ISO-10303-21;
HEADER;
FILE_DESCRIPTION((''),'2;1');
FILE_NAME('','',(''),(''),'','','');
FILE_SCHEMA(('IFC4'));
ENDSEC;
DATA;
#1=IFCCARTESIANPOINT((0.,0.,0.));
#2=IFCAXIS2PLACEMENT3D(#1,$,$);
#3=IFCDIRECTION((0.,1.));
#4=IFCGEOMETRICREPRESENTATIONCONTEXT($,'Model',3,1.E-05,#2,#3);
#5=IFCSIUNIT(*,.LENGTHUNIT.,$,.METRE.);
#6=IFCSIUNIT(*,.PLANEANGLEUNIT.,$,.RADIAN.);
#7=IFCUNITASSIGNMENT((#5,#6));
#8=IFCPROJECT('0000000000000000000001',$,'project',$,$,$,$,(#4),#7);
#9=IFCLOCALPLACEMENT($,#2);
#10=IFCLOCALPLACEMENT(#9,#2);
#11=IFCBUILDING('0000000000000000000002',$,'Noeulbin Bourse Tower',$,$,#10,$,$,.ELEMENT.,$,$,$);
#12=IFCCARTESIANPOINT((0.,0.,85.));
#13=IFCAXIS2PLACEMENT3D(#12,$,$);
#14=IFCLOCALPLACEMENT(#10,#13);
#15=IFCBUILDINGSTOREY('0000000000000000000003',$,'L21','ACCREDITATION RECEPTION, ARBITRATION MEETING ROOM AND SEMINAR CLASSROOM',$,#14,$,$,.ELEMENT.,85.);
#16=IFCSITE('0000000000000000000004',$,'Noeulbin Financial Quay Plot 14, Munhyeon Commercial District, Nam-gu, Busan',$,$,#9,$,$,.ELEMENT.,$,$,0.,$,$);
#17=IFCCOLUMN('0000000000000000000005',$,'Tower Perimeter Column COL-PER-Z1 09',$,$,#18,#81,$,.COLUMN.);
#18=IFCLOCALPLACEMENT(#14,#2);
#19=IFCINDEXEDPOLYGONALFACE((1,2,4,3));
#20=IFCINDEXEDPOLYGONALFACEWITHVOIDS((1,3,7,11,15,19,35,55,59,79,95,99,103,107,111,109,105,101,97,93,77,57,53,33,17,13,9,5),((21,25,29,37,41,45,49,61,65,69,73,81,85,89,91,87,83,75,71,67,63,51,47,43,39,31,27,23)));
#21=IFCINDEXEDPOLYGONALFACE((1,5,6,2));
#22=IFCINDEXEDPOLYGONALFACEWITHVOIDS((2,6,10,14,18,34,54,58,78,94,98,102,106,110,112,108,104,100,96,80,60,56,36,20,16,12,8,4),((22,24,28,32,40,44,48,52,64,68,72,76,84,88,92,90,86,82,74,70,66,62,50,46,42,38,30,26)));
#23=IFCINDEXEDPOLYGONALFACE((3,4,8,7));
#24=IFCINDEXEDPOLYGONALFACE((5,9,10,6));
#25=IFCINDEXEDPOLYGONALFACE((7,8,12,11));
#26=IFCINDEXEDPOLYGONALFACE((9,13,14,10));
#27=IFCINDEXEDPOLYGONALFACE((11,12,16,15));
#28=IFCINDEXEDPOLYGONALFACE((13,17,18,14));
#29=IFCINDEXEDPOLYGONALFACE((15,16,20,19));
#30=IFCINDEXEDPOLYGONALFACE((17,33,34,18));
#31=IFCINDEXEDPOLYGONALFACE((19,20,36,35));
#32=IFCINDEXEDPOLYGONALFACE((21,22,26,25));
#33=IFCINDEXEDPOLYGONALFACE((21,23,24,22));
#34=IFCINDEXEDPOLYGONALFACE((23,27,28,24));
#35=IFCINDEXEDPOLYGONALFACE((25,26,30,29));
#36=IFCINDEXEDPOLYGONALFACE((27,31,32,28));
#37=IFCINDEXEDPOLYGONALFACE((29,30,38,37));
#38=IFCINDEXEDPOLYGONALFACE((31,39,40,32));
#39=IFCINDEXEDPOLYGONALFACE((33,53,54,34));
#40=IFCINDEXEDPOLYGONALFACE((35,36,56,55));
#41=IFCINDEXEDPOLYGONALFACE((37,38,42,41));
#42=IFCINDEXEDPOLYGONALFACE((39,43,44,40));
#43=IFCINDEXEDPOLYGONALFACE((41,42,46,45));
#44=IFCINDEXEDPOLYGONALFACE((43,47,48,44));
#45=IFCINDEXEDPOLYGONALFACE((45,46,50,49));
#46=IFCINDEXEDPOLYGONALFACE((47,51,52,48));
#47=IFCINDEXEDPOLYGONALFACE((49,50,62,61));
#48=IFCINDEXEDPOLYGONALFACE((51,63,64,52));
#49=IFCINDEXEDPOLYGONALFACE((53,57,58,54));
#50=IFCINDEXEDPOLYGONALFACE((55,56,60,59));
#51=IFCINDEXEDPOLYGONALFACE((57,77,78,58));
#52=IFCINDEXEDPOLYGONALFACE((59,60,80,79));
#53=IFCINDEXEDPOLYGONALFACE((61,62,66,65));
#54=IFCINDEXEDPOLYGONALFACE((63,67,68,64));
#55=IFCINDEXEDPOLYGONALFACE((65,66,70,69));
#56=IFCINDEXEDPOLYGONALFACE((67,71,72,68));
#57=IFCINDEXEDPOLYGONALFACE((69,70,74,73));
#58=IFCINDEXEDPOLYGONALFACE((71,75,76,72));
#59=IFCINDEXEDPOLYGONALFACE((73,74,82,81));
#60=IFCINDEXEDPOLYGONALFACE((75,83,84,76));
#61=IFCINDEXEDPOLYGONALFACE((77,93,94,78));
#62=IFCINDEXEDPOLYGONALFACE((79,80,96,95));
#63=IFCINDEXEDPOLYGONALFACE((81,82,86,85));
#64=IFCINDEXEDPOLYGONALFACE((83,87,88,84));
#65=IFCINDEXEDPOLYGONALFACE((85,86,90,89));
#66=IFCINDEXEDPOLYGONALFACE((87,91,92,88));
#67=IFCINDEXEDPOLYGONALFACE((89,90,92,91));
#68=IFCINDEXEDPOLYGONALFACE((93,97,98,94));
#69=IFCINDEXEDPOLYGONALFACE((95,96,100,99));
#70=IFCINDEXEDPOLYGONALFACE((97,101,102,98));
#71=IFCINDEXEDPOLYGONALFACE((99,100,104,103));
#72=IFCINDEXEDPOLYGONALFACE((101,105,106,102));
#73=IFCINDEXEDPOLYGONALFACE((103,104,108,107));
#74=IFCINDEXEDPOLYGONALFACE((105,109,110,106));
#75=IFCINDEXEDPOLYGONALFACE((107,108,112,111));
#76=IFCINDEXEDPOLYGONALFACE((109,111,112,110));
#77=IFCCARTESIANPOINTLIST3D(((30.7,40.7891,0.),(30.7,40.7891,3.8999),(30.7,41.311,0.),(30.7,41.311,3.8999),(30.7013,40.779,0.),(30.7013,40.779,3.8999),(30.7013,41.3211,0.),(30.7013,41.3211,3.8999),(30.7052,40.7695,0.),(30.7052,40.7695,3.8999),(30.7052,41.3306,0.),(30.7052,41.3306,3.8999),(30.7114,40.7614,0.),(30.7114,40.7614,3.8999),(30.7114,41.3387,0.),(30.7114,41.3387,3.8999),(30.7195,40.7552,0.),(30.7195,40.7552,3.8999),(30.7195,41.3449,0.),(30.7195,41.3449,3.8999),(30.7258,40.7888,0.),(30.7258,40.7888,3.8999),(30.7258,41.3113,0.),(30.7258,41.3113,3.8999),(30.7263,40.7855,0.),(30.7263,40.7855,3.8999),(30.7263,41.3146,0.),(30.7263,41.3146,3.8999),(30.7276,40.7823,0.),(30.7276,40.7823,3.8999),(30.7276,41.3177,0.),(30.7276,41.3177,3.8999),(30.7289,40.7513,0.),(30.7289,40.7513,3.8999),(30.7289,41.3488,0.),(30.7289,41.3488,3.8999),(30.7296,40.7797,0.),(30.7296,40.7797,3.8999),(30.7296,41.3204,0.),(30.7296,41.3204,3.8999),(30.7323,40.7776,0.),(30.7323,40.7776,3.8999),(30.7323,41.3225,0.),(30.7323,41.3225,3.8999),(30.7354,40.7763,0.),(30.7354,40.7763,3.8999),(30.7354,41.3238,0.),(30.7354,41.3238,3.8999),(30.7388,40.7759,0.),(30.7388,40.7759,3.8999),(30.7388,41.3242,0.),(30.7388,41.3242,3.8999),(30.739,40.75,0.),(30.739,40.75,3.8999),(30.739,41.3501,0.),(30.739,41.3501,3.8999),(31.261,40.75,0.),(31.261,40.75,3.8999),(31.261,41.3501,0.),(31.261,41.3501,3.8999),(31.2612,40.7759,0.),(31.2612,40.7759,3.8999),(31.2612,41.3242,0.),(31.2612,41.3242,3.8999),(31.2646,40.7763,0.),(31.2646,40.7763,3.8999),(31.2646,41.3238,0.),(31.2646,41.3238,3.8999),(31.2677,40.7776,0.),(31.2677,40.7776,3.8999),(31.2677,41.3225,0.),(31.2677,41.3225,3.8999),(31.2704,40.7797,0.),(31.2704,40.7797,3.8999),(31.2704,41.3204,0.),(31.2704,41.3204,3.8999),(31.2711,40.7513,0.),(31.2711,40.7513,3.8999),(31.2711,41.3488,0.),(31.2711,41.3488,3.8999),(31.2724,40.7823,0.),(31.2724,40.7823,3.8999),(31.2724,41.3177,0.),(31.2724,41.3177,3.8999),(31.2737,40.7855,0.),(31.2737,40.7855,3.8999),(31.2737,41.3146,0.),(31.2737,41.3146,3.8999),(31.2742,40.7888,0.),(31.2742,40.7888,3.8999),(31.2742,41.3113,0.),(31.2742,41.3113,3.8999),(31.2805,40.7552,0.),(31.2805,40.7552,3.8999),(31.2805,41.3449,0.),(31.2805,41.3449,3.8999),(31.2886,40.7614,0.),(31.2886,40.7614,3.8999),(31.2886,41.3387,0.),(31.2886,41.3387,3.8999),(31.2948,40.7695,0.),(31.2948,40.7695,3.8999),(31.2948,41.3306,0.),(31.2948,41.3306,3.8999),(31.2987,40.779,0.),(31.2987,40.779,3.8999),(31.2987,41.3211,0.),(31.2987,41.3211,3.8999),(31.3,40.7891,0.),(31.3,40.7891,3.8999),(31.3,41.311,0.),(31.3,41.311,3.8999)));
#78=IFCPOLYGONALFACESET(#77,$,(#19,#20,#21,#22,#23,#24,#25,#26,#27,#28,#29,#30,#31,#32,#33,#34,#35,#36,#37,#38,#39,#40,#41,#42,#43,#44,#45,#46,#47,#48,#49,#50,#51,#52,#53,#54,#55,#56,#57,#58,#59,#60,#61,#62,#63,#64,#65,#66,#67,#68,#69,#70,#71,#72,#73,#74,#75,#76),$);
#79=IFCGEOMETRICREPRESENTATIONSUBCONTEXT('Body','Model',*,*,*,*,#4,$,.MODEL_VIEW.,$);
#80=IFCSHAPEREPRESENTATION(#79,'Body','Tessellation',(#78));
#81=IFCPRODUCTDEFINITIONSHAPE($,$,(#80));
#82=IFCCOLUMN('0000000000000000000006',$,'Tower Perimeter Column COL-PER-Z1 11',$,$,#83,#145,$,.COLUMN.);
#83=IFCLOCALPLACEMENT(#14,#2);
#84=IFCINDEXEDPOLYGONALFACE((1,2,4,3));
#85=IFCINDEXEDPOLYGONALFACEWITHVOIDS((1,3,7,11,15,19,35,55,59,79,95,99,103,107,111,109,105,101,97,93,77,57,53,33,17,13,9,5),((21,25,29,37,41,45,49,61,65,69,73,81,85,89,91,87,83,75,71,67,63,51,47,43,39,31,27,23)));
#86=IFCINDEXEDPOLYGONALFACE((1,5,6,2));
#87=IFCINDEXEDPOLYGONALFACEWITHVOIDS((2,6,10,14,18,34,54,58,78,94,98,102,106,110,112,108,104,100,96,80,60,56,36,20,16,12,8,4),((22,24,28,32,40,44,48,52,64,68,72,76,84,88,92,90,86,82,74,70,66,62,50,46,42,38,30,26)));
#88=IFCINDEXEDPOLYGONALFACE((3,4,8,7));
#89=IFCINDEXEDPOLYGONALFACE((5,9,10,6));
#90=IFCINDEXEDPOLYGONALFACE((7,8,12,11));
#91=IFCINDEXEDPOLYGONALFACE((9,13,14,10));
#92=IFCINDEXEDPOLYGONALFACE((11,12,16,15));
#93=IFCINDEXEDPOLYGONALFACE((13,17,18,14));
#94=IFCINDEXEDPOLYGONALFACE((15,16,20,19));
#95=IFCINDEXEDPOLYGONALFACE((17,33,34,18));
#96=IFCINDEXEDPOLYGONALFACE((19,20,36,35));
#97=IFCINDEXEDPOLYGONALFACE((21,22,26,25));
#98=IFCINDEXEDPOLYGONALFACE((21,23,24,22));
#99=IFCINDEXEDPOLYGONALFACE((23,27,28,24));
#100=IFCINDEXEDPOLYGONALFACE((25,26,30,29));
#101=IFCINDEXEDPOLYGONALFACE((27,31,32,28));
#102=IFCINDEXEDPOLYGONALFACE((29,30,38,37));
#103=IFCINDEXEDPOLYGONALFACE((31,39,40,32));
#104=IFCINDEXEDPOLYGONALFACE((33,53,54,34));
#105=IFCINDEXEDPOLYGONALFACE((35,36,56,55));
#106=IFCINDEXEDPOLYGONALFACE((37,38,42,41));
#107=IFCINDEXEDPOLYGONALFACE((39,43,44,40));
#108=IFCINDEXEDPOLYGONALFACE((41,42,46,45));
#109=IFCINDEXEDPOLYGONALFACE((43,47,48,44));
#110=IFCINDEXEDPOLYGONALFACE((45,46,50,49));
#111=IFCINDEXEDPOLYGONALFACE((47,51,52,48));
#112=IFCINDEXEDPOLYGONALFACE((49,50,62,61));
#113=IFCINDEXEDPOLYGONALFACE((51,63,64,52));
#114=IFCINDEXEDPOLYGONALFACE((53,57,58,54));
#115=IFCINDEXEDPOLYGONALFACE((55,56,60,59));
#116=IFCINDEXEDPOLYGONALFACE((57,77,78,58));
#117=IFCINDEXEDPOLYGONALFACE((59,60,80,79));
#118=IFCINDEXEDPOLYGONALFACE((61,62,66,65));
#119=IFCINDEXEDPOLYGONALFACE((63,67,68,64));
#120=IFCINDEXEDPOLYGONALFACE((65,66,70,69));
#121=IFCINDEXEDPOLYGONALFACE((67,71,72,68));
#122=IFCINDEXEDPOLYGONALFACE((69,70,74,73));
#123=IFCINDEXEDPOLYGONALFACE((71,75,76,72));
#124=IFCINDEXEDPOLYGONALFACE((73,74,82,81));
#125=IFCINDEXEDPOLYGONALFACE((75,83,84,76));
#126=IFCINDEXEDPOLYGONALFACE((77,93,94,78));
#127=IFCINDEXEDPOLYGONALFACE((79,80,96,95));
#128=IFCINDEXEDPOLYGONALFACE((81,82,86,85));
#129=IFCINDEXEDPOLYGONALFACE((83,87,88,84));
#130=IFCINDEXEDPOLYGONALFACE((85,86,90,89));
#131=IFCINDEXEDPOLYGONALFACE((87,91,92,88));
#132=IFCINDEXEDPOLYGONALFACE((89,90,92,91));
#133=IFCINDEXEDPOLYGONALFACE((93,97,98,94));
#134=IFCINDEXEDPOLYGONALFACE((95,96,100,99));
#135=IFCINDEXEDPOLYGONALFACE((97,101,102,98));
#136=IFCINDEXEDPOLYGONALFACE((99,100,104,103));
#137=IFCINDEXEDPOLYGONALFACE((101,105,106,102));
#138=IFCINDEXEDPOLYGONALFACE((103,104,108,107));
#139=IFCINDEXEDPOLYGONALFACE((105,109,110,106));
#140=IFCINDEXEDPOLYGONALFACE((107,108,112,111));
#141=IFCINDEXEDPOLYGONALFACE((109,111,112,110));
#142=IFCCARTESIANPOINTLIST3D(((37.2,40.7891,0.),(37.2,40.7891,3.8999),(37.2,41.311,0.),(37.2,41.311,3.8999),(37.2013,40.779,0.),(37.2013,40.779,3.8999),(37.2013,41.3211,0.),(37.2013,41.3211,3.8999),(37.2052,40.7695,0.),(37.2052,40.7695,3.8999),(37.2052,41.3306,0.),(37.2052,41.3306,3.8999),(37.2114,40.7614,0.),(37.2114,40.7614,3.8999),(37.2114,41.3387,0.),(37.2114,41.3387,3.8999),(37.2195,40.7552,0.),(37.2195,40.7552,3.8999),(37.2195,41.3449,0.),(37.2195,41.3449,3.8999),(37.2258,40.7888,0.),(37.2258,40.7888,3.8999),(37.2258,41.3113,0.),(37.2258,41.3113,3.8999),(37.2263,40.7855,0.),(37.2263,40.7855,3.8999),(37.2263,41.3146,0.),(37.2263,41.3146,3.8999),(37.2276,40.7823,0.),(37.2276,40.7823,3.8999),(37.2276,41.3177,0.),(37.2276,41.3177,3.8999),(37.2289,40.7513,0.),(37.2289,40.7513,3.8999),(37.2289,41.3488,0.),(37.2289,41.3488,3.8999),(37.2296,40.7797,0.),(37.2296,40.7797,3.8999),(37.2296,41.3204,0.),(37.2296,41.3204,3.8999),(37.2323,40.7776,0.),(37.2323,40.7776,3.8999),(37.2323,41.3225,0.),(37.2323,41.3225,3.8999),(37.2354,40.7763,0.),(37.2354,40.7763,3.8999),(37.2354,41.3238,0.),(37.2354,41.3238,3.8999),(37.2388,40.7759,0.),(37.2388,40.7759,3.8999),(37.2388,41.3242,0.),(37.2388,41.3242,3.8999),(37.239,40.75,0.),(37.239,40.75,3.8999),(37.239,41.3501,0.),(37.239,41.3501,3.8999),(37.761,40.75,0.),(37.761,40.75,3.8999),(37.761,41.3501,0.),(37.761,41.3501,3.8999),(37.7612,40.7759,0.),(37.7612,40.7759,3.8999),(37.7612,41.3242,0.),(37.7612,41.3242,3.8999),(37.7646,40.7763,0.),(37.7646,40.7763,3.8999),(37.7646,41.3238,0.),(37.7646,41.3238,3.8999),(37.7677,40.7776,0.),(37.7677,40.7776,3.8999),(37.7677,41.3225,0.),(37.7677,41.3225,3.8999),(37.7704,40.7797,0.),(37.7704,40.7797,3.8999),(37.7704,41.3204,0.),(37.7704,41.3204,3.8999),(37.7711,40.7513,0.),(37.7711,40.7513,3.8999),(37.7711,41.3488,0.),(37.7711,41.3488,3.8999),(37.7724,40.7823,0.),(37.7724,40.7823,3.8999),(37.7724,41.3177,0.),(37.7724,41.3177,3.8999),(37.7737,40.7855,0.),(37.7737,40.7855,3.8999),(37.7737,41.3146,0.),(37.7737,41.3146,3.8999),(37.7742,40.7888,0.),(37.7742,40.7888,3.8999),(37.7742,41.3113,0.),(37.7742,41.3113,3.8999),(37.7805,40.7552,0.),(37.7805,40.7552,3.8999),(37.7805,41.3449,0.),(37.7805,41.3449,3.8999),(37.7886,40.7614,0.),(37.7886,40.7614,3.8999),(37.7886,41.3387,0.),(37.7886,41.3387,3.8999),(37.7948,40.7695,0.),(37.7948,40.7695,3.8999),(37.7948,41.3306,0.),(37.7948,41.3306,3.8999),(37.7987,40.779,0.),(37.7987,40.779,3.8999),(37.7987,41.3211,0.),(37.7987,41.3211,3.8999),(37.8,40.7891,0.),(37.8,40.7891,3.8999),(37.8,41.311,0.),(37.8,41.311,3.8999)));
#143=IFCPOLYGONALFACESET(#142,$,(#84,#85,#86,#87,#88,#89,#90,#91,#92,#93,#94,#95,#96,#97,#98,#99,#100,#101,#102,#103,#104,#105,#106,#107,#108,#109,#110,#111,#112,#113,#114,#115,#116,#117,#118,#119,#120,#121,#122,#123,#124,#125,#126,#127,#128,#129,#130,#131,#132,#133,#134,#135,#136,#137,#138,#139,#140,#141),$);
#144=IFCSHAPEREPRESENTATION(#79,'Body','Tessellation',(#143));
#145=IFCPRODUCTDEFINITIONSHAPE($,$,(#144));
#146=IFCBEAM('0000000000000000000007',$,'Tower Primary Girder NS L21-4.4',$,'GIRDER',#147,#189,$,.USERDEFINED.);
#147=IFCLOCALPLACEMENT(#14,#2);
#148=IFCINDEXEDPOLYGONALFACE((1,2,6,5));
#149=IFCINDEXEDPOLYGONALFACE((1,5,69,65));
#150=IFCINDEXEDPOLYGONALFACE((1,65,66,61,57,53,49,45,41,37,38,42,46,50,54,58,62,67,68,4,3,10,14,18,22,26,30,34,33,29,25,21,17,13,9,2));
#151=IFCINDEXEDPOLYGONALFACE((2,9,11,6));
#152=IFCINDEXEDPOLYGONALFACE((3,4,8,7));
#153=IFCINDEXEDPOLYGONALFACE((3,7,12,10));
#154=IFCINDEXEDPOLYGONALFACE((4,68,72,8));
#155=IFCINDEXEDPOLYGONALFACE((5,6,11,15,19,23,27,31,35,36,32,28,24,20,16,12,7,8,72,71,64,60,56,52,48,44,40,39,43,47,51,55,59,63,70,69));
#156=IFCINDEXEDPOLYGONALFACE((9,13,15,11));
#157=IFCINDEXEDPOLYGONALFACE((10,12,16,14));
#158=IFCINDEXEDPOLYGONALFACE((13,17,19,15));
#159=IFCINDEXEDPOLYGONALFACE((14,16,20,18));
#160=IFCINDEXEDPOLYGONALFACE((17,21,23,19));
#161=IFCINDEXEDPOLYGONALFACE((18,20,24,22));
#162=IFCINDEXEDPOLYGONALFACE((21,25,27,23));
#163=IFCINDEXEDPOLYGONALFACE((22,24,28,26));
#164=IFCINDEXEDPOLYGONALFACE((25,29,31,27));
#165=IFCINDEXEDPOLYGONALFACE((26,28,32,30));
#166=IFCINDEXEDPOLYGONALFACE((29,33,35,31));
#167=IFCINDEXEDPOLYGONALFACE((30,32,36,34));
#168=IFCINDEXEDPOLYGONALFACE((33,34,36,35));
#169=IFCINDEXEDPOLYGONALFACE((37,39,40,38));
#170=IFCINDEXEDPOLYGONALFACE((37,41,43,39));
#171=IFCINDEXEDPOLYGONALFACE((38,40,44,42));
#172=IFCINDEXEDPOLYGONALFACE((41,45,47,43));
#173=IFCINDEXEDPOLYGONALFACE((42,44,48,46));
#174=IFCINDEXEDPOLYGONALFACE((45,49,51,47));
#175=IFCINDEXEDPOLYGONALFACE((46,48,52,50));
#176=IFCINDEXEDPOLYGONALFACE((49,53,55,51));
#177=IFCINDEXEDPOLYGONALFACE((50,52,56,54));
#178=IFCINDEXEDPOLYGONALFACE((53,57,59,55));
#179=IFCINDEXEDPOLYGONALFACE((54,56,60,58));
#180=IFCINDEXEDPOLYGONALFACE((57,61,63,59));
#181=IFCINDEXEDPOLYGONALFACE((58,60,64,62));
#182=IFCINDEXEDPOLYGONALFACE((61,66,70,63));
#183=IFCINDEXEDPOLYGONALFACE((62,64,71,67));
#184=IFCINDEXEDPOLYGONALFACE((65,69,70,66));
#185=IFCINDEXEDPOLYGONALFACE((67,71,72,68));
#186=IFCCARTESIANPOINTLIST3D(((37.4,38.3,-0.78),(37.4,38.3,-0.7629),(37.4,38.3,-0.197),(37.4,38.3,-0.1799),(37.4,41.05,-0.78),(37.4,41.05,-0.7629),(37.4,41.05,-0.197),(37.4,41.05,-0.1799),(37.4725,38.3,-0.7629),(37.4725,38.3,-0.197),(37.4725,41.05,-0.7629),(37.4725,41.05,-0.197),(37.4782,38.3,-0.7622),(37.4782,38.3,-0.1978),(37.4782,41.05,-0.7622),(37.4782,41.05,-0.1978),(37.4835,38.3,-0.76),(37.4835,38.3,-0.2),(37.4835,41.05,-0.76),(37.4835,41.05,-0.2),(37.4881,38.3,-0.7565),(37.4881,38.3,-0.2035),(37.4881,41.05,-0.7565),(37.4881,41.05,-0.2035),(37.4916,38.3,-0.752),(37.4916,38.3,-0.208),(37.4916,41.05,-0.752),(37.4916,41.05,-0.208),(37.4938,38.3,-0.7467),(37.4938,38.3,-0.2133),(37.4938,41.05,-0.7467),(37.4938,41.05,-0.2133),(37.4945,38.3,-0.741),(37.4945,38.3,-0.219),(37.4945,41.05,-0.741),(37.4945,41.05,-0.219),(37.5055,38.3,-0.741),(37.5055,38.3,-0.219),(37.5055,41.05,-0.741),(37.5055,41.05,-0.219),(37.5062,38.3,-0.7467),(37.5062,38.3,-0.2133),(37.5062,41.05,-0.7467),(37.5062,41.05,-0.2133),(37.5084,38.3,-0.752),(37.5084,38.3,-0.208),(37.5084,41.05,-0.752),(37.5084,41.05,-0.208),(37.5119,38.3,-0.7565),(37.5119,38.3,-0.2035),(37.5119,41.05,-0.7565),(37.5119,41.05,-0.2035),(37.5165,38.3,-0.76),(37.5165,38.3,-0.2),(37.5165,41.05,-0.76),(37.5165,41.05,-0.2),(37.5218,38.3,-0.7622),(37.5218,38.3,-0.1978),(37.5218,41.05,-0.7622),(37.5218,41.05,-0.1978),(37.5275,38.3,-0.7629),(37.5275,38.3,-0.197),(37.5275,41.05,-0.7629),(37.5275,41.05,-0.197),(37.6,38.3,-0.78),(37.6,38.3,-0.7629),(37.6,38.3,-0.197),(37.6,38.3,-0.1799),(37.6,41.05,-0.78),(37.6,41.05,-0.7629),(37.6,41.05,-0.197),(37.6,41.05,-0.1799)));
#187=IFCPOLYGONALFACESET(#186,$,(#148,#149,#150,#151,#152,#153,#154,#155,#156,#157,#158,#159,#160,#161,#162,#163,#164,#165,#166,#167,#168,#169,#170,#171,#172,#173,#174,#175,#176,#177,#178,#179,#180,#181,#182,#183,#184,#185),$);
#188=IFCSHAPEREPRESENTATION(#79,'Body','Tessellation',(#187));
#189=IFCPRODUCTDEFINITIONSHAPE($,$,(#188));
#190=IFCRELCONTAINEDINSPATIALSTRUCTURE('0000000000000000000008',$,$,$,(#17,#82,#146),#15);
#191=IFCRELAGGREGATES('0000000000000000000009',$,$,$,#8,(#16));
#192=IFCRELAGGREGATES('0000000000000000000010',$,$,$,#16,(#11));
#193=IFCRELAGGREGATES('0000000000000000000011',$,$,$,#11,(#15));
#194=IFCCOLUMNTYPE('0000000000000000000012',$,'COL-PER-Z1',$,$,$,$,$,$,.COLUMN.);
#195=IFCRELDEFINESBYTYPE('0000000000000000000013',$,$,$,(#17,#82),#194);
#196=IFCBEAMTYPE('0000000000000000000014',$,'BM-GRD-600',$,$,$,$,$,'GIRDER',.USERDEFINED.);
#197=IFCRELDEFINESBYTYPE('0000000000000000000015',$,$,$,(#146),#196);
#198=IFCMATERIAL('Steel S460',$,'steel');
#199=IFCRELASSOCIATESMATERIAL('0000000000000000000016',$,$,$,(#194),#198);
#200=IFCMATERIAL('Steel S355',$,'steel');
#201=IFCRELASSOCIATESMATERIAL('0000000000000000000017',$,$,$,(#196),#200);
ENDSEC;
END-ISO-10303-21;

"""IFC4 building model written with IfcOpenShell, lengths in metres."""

from ifc_helpers import new_model, si_unit, direction, frame, origin, origin_2d, place, context, subcontext, project, spatial, hollow_rectangle, i_section, extrude, material, material_profile, profile_set, type_object, element, save


model = new_model("IFC4")

# Units and contexts
model_context = context("Model", 3, precision=1e-05, world=origin(), true_north=direction((0.0, 1.0)))
body_context = subcontext(model_context, "Body", "Model", "MODEL_VIEW")
ifc_project = project(units=[si_unit("LENGTHUNIT", "METRE"), si_unit("PLANEANGLEUNIT", "RADIAN")], contexts=[model_context])

# Site, building, storey
site_placement = place(None, origin())
site = spatial("IfcSite", under=ifc_project, at=site_placement, Name="Noeulbin Financial Quay Plot 14, Munhyeon Commercial District, Nam-gu, Busan", CompositionType="ELEMENT", RefElevation=0.0)
building_placement = place(site_placement, origin())
building = spatial("IfcBuilding", under=site, at=building_placement, Name="Noeulbin Bourse Tower", CompositionType="ELEMENT")
storey_placement = place(building_placement, frame((0.0, 0.0, 85.0)))
storey = spatial("IfcBuildingStorey", under=building, at=storey_placement, Name="L21", Description="ACCREDITATION RECEPTION, ARBITRATION MEETING ROOM AND SEMINAR CLASSROOM", CompositionType="ELEMENT", Elevation=85.0)

# Columns
ifc_material_1 = material(Name="Steel S460", Category="steel")
ifc_material_profile_1 = material_profile(ifc_material_1, hollow_rectangle(XDim=0.6001, YDim=0.6001, WallThickness=0.0259, InnerFilletRadius=0.0129, OuterFilletRadius=0.0391, at=origin_2d()), Name="BOX-600x600x26", Category="LoadBearing")
ifc_profile_set_1 = profile_set([ifc_material_profile_1], Name="Steel S460")
column_type = type_object("IfcColumnType", Name="COL-PER-Z1", PredefinedType="COLUMN", material=ifc_profile_set_1)
for number, where, z_axis, x_axis, name in (
    (1, (31.0, 41.05, 0.0), (0.0, 0.0, 1.0), (1.0, 0.0, 0.0), "Tower Perimeter Column COL-PER-Z1 09"),
    (2, (37.5, 41.05, 0.0), (0.0, 0.0, 1.0), (1.0, 0.0, 0.0), "Tower Perimeter Column COL-PER-Z1 11"),
):
    element("IfcColumn", number, at=place(storey_placement, frame(where, z_axis=z_axis, x_axis=x_axis)), inside=storey, type_object=column_type, Name=name, PredefinedType="COLUMN", context=body_context, shape_type="SweptSolid", body=[
        extrude(hollow_rectangle(XDim=0.6001, YDim=0.6001, WallThickness=0.0259, InnerFilletRadius=0.0129, OuterFilletRadius=0.0391, at=origin_2d()), origin(), (0.0, 0.0, 1.0), 3.8999),
    ])

# Beam
ifc_material_2 = material(Name="Steel S355", Category="steel")
ifc_material_profile_2 = material_profile(ifc_material_2, i_section(OverallWidth=0.2, OverallDepth=0.6001, WebThickness=0.011, FlangeThickness=0.0171, FilletRadius=0.022, at=origin_2d()), Name="H-600x200x11x17", Category="LoadBearing")
ifc_profile_set_2 = profile_set([ifc_material_profile_2], Name="Steel S355")
beam_type_1 = type_object("IfcBeamType", Name="BM-GRD-600", ElementType="GIRDER", PredefinedType="USERDEFINED", material=ifc_profile_set_2)
beam_placement = place(storey_placement, frame((37.5, 38.3, -0.48), z_axis=(0.0, 1.0, 0.0), x_axis=(-1.0, 0.0, 0.0)))
element("IfcBeam", 3, at=beam_placement, inside=storey, type_object=beam_type_1, Name="Tower Primary Girder NS L21-4.4", ObjectType="GIRDER", PredefinedType="USERDEFINED", context=body_context, shape_type="SweptSolid", body=[
    extrude(i_section(OverallWidth=0.2, OverallDepth=0.6001, WebThickness=0.011, FlangeThickness=0.0171, FilletRadius=0.022, at=origin_2d()), origin(), (0.0, 0.0, 1.0), 2.75),
])

save(model, "model.ifc")
